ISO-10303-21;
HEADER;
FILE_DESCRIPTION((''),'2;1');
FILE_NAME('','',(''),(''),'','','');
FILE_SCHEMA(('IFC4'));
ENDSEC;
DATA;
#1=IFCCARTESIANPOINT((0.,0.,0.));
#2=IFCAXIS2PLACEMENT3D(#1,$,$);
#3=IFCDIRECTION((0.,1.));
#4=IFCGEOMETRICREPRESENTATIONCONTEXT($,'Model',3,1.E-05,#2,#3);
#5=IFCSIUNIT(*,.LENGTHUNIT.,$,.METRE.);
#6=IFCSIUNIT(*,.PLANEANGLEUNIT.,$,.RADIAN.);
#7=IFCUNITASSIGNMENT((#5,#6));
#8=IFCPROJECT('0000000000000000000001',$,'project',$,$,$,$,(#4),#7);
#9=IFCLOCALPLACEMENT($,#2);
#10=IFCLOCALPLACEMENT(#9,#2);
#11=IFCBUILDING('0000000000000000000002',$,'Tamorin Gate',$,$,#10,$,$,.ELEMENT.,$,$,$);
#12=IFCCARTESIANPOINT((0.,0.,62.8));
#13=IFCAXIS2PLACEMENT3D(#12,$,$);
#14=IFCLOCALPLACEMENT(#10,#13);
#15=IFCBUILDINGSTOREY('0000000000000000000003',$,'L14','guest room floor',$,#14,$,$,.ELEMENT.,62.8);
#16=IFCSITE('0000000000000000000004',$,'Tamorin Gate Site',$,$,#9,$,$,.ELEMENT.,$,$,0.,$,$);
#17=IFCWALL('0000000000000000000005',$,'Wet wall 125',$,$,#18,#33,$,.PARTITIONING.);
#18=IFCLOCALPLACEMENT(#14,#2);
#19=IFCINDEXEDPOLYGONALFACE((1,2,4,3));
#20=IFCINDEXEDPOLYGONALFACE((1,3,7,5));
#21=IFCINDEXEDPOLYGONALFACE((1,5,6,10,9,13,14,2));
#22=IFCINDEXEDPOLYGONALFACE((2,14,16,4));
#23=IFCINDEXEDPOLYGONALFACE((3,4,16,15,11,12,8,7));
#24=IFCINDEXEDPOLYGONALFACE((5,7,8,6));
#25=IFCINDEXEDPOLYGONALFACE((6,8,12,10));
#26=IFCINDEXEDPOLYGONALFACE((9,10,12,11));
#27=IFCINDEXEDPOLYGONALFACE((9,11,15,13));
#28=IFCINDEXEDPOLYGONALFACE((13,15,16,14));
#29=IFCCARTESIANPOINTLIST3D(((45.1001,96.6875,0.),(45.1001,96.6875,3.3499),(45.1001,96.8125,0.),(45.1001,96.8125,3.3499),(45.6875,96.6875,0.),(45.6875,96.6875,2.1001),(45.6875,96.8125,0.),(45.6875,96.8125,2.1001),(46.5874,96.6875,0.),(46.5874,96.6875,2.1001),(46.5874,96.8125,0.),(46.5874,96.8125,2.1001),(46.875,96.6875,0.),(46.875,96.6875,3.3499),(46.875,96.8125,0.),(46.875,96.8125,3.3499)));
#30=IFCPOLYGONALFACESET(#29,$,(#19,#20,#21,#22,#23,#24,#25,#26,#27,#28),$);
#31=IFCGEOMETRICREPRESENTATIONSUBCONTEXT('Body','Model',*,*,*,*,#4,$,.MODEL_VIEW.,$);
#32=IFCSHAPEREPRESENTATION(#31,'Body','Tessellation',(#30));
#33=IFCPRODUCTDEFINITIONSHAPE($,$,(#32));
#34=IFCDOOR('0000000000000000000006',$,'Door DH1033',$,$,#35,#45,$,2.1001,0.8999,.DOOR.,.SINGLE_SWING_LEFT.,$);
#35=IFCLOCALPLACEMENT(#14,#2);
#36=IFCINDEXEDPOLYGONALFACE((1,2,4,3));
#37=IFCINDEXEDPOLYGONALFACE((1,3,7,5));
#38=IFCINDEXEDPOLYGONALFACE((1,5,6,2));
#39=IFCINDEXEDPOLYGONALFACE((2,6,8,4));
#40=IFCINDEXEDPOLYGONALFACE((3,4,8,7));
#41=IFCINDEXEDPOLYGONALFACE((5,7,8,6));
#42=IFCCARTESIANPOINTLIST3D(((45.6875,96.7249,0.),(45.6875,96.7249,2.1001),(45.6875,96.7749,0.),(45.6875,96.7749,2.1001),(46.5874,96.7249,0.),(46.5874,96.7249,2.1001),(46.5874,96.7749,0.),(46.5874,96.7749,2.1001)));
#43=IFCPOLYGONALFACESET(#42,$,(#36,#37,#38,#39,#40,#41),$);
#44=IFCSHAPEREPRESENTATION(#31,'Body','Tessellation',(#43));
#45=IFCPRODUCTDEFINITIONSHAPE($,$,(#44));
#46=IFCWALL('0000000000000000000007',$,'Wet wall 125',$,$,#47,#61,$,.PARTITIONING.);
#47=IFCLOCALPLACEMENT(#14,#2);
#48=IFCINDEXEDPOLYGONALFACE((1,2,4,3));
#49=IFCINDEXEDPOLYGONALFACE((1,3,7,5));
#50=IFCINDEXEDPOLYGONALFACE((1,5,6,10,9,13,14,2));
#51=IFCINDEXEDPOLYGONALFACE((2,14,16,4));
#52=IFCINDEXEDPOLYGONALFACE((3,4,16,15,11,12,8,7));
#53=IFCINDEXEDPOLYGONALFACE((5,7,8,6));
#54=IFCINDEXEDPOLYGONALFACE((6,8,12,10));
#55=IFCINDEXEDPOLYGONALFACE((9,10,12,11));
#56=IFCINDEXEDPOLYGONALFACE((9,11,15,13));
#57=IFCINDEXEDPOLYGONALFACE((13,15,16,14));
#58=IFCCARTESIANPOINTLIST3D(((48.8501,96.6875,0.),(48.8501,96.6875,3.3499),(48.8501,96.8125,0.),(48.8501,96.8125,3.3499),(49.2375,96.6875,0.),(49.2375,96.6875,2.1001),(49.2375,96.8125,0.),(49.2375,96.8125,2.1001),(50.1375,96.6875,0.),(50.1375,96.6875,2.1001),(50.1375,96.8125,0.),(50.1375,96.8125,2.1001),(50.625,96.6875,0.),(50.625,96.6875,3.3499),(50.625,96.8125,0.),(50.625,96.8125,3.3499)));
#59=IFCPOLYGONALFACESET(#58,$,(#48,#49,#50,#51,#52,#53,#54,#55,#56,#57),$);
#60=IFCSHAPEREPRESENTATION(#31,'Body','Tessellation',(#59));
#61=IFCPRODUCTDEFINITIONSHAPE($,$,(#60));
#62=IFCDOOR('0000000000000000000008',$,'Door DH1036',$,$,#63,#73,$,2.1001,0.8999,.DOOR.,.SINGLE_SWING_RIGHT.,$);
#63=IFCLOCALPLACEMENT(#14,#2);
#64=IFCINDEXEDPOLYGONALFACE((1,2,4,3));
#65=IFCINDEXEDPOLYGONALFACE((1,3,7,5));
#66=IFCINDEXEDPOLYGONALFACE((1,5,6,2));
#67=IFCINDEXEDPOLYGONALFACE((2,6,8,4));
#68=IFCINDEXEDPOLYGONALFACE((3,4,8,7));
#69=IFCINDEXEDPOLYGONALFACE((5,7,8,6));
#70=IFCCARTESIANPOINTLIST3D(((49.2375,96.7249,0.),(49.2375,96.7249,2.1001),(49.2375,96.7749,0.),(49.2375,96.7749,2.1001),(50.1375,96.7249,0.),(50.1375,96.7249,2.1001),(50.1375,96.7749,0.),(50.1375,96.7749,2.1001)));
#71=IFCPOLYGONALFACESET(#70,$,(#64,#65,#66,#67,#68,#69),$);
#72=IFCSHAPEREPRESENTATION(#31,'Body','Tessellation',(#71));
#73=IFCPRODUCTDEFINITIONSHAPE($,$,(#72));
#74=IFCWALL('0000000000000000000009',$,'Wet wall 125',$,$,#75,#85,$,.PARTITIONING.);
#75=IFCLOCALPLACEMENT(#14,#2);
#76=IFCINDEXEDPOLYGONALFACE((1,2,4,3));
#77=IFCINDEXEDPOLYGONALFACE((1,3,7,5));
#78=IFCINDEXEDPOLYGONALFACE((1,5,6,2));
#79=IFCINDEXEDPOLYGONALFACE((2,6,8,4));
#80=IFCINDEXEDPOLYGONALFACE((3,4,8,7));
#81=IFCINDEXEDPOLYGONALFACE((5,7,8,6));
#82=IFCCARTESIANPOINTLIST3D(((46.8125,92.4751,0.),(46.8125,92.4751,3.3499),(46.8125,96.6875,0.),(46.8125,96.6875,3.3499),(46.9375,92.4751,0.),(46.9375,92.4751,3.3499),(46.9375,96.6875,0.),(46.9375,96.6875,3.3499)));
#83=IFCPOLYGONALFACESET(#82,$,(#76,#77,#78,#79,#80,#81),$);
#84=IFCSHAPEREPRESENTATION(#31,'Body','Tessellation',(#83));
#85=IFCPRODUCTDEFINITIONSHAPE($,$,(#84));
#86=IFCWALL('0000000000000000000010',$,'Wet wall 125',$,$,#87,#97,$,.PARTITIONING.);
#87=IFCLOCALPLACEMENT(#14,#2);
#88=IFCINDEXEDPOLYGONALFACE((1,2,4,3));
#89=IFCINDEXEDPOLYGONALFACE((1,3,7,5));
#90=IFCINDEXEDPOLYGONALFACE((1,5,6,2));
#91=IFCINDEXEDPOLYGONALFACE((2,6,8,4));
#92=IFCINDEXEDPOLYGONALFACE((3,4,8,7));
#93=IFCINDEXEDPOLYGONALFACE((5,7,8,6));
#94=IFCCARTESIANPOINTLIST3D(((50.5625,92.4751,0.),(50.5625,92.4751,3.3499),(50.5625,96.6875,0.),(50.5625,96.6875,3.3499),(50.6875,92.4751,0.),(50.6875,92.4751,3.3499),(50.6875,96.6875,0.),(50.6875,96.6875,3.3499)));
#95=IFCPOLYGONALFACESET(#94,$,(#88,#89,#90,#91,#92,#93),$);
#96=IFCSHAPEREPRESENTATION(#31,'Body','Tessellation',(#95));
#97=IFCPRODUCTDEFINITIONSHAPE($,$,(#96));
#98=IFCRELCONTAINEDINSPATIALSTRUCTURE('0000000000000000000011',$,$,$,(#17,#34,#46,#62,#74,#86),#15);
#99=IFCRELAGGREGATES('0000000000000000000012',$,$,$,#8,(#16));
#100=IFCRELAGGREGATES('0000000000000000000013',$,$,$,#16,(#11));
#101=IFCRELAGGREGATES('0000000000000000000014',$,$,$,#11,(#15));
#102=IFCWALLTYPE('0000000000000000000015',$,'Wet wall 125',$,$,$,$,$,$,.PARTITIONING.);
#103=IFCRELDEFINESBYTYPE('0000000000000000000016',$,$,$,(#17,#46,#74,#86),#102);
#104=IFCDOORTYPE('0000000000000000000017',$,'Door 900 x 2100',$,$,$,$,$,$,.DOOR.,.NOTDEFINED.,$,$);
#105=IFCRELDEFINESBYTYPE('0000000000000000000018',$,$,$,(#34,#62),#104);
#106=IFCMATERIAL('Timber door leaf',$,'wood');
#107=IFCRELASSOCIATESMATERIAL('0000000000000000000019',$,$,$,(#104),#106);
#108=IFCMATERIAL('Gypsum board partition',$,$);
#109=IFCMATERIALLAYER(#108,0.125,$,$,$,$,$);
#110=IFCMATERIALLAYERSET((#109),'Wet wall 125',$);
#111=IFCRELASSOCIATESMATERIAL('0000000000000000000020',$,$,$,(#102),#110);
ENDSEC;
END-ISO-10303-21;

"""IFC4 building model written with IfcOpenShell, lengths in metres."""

from ifc_helpers import new_model, si_unit, direction, frame, frame_2d, origin, place, context, subcontext, project, spatial, rectangle, extrude, material, layer, layer_set, type_object, element, fill, save


model = new_model("IFC4")

# Units and contexts
model_context = context("Model", 3, precision=1e-05, world=origin(), true_north=direction((0.0, 1.0)))
body_context = subcontext(model_context, "Body", "Model", "MODEL_VIEW")
ifc_project = project(units=[si_unit("LENGTHUNIT", "METRE"), si_unit("PLANEANGLEUNIT", "RADIAN")], contexts=[model_context])

# Site, building, storey
site_placement = place(None, origin())
site = spatial("IfcSite", under=ifc_project, at=site_placement, Name="Tamorin Gate Site", CompositionType="ELEMENT", RefElevation=0.0)
building_placement = place(site_placement, origin())
building = spatial("IfcBuilding", under=site, at=building_placement, Name="Tamorin Gate", CompositionType="ELEMENT")
storey_placement = place(building_placement, frame((0.0, 0.0, 62.8)))
storey = spatial("IfcBuildingStorey", under=building, at=storey_placement, Name="L14", Description="guest room floor", CompositionType="ELEMENT", Elevation=62.8)

# Shared definitions
ifc_material_1 = material(Name="Gypsum board partition")

# Walls, openings, doors
ifc_material_2 = material(Name="Timber door leaf", Category="wood")
door_type = type_object("IfcDoorType", Name="Door 900 x 2100", OperationType="NOTDEFINED", PredefinedType="DOOR", material=ifc_material_2)
ifc_layer_1 = layer(ifc_material_1, 0.125)
ifc_layer_set_1 = layer_set([ifc_layer_1], Name="Wet wall 125")
wall_type_1 = type_object("IfcWallType", Name="Wet wall 125", PredefinedType="PARTITIONING", material=ifc_layer_set_1)
wall_1_placement = place(storey_placement, frame((45.1001, 96.75, 0.0), z_axis=(0.0, 0.0, 1.0), x_axis=(1.0, 0.0, 0.0)))
wall_1 = element("IfcWall", 1, at=wall_1_placement, inside=storey, type_object=wall_type_1, Name="Wet wall 125", PredefinedType="PARTITIONING", context=body_context, shape_type="SweptSolid", body=[
    extrude(rectangle(XDim=1.7749, YDim=0.125, at=frame_2d((0.8875, 0.0))), origin(), (0.0, 0.0, 1.0), 3.3499),
])
opening_1_placement = place(wall_1_placement, frame((0.5874, 0.0, 0.0)))
opening_1 = element("IfcOpeningElement", 2, at=opening_1_placement, cuts=wall_1, PredefinedType="OPENING", context=body_context, shape_type="SweptSolid", body=[
    extrude(rectangle(XDim=0.8999, YDim=2.1001, at=frame_2d((0.45, 1.05))), frame((0.0, 0.0725, 0.0), z_axis=(0.0, -1.0, 0.0), x_axis=(1.0, 0.0, 0.0)), (0.0, 0.0, 1.0), 0.145),
])
door_1_placement = place(opening_1_placement, origin())
door_1 = element("IfcDoor", 3, at=door_1_placement, inside=storey, type_object=door_type, Name="Door DH1033", OperationType="SINGLE_SWING_LEFT", OverallHeight=2.1001, OverallWidth=0.8999, PredefinedType="DOOR", context=body_context, shape_type="SweptSolid", body=[
    extrude(rectangle(XDim=0.8999, YDim=2.1001, at=frame_2d((0.45, 1.05))), frame((0.0, 0.0249, 0.0), z_axis=(0.0, -1.0, 0.0), x_axis=(1.0, 0.0, 0.0)), (0.0, 0.0, 1.0), 0.05),
])
fill(opening_1, door_1)
wall_2_placement = place(storey_placement, frame((48.8501, 96.75, 0.0), z_axis=(0.0, 0.0, 1.0), x_axis=(1.0, 0.0, 0.0)))
wall_2 = element("IfcWall", 4, at=wall_2_placement, inside=storey, type_object=wall_type_1, Name="Wet wall 125", PredefinedType="PARTITIONING", context=body_context, shape_type="SweptSolid", body=[
    extrude(rectangle(XDim=1.7749, YDim=0.125, at=frame_2d((0.8875, 0.0))), origin(), (0.0, 0.0, 1.0), 3.3499),
])
opening_2_placement = place(wall_2_placement, frame((0.3875, 0.0, 0.0)))
opening_2 = element("IfcOpeningElement", 5, at=opening_2_placement, cuts=wall_2, PredefinedType="OPENING", context=body_context, shape_type="SweptSolid", body=[
    extrude(rectangle(XDim=0.8999, YDim=2.1001, at=frame_2d((0.45, 1.05))), frame((0.0, 0.0725, 0.0), z_axis=(0.0, -1.0, 0.0), x_axis=(1.0, 0.0, 0.0)), (0.0, 0.0, 1.0), 0.145),
])
door_2_placement = place(opening_2_placement, origin())
door_2 = element("IfcDoor", 6, at=door_2_placement, inside=storey, type_object=door_type, Name="Door DH1036", OperationType="SINGLE_SWING_RIGHT", OverallHeight=2.1001, OverallWidth=0.8999, PredefinedType="DOOR", context=body_context, shape_type="SweptSolid", body=[
    extrude(rectangle(XDim=0.8999, YDim=2.1001, at=frame_2d((0.45, 1.05))), frame((0.0, 0.0249, 0.0), z_axis=(0.0, -1.0, 0.0), x_axis=(1.0, 0.0, 0.0)), (0.0, 0.0, 1.0), 0.05),
])
fill(opening_2, door_2)

# Walls
for number, where, z_axis, x_axis, name in (
    (7, (46.875, 92.4751, 0.0), (0.0, 0.0, 1.0), (0.0, 1.0, 0.0), "Wet wall 125"),
    (8, (50.625, 92.4751, 0.0), (0.0, 0.0, 1.0), (0.0, 1.0, 0.0), "Wet wall 125"),
):
    element("IfcWall", number, at=place(storey_placement, frame(where, z_axis=z_axis, x_axis=x_axis)), inside=storey, type_object=wall_type_1, Name=name, PredefinedType="PARTITIONING", context=body_context, shape_type="SweptSolid", body=[
        extrude(rectangle(XDim=4.2124, YDim=0.125, at=frame_2d((2.1062, 0.0))), origin(), (0.0, 0.0, 1.0), 3.3499),
    ])

save(model, "model.ifc")
